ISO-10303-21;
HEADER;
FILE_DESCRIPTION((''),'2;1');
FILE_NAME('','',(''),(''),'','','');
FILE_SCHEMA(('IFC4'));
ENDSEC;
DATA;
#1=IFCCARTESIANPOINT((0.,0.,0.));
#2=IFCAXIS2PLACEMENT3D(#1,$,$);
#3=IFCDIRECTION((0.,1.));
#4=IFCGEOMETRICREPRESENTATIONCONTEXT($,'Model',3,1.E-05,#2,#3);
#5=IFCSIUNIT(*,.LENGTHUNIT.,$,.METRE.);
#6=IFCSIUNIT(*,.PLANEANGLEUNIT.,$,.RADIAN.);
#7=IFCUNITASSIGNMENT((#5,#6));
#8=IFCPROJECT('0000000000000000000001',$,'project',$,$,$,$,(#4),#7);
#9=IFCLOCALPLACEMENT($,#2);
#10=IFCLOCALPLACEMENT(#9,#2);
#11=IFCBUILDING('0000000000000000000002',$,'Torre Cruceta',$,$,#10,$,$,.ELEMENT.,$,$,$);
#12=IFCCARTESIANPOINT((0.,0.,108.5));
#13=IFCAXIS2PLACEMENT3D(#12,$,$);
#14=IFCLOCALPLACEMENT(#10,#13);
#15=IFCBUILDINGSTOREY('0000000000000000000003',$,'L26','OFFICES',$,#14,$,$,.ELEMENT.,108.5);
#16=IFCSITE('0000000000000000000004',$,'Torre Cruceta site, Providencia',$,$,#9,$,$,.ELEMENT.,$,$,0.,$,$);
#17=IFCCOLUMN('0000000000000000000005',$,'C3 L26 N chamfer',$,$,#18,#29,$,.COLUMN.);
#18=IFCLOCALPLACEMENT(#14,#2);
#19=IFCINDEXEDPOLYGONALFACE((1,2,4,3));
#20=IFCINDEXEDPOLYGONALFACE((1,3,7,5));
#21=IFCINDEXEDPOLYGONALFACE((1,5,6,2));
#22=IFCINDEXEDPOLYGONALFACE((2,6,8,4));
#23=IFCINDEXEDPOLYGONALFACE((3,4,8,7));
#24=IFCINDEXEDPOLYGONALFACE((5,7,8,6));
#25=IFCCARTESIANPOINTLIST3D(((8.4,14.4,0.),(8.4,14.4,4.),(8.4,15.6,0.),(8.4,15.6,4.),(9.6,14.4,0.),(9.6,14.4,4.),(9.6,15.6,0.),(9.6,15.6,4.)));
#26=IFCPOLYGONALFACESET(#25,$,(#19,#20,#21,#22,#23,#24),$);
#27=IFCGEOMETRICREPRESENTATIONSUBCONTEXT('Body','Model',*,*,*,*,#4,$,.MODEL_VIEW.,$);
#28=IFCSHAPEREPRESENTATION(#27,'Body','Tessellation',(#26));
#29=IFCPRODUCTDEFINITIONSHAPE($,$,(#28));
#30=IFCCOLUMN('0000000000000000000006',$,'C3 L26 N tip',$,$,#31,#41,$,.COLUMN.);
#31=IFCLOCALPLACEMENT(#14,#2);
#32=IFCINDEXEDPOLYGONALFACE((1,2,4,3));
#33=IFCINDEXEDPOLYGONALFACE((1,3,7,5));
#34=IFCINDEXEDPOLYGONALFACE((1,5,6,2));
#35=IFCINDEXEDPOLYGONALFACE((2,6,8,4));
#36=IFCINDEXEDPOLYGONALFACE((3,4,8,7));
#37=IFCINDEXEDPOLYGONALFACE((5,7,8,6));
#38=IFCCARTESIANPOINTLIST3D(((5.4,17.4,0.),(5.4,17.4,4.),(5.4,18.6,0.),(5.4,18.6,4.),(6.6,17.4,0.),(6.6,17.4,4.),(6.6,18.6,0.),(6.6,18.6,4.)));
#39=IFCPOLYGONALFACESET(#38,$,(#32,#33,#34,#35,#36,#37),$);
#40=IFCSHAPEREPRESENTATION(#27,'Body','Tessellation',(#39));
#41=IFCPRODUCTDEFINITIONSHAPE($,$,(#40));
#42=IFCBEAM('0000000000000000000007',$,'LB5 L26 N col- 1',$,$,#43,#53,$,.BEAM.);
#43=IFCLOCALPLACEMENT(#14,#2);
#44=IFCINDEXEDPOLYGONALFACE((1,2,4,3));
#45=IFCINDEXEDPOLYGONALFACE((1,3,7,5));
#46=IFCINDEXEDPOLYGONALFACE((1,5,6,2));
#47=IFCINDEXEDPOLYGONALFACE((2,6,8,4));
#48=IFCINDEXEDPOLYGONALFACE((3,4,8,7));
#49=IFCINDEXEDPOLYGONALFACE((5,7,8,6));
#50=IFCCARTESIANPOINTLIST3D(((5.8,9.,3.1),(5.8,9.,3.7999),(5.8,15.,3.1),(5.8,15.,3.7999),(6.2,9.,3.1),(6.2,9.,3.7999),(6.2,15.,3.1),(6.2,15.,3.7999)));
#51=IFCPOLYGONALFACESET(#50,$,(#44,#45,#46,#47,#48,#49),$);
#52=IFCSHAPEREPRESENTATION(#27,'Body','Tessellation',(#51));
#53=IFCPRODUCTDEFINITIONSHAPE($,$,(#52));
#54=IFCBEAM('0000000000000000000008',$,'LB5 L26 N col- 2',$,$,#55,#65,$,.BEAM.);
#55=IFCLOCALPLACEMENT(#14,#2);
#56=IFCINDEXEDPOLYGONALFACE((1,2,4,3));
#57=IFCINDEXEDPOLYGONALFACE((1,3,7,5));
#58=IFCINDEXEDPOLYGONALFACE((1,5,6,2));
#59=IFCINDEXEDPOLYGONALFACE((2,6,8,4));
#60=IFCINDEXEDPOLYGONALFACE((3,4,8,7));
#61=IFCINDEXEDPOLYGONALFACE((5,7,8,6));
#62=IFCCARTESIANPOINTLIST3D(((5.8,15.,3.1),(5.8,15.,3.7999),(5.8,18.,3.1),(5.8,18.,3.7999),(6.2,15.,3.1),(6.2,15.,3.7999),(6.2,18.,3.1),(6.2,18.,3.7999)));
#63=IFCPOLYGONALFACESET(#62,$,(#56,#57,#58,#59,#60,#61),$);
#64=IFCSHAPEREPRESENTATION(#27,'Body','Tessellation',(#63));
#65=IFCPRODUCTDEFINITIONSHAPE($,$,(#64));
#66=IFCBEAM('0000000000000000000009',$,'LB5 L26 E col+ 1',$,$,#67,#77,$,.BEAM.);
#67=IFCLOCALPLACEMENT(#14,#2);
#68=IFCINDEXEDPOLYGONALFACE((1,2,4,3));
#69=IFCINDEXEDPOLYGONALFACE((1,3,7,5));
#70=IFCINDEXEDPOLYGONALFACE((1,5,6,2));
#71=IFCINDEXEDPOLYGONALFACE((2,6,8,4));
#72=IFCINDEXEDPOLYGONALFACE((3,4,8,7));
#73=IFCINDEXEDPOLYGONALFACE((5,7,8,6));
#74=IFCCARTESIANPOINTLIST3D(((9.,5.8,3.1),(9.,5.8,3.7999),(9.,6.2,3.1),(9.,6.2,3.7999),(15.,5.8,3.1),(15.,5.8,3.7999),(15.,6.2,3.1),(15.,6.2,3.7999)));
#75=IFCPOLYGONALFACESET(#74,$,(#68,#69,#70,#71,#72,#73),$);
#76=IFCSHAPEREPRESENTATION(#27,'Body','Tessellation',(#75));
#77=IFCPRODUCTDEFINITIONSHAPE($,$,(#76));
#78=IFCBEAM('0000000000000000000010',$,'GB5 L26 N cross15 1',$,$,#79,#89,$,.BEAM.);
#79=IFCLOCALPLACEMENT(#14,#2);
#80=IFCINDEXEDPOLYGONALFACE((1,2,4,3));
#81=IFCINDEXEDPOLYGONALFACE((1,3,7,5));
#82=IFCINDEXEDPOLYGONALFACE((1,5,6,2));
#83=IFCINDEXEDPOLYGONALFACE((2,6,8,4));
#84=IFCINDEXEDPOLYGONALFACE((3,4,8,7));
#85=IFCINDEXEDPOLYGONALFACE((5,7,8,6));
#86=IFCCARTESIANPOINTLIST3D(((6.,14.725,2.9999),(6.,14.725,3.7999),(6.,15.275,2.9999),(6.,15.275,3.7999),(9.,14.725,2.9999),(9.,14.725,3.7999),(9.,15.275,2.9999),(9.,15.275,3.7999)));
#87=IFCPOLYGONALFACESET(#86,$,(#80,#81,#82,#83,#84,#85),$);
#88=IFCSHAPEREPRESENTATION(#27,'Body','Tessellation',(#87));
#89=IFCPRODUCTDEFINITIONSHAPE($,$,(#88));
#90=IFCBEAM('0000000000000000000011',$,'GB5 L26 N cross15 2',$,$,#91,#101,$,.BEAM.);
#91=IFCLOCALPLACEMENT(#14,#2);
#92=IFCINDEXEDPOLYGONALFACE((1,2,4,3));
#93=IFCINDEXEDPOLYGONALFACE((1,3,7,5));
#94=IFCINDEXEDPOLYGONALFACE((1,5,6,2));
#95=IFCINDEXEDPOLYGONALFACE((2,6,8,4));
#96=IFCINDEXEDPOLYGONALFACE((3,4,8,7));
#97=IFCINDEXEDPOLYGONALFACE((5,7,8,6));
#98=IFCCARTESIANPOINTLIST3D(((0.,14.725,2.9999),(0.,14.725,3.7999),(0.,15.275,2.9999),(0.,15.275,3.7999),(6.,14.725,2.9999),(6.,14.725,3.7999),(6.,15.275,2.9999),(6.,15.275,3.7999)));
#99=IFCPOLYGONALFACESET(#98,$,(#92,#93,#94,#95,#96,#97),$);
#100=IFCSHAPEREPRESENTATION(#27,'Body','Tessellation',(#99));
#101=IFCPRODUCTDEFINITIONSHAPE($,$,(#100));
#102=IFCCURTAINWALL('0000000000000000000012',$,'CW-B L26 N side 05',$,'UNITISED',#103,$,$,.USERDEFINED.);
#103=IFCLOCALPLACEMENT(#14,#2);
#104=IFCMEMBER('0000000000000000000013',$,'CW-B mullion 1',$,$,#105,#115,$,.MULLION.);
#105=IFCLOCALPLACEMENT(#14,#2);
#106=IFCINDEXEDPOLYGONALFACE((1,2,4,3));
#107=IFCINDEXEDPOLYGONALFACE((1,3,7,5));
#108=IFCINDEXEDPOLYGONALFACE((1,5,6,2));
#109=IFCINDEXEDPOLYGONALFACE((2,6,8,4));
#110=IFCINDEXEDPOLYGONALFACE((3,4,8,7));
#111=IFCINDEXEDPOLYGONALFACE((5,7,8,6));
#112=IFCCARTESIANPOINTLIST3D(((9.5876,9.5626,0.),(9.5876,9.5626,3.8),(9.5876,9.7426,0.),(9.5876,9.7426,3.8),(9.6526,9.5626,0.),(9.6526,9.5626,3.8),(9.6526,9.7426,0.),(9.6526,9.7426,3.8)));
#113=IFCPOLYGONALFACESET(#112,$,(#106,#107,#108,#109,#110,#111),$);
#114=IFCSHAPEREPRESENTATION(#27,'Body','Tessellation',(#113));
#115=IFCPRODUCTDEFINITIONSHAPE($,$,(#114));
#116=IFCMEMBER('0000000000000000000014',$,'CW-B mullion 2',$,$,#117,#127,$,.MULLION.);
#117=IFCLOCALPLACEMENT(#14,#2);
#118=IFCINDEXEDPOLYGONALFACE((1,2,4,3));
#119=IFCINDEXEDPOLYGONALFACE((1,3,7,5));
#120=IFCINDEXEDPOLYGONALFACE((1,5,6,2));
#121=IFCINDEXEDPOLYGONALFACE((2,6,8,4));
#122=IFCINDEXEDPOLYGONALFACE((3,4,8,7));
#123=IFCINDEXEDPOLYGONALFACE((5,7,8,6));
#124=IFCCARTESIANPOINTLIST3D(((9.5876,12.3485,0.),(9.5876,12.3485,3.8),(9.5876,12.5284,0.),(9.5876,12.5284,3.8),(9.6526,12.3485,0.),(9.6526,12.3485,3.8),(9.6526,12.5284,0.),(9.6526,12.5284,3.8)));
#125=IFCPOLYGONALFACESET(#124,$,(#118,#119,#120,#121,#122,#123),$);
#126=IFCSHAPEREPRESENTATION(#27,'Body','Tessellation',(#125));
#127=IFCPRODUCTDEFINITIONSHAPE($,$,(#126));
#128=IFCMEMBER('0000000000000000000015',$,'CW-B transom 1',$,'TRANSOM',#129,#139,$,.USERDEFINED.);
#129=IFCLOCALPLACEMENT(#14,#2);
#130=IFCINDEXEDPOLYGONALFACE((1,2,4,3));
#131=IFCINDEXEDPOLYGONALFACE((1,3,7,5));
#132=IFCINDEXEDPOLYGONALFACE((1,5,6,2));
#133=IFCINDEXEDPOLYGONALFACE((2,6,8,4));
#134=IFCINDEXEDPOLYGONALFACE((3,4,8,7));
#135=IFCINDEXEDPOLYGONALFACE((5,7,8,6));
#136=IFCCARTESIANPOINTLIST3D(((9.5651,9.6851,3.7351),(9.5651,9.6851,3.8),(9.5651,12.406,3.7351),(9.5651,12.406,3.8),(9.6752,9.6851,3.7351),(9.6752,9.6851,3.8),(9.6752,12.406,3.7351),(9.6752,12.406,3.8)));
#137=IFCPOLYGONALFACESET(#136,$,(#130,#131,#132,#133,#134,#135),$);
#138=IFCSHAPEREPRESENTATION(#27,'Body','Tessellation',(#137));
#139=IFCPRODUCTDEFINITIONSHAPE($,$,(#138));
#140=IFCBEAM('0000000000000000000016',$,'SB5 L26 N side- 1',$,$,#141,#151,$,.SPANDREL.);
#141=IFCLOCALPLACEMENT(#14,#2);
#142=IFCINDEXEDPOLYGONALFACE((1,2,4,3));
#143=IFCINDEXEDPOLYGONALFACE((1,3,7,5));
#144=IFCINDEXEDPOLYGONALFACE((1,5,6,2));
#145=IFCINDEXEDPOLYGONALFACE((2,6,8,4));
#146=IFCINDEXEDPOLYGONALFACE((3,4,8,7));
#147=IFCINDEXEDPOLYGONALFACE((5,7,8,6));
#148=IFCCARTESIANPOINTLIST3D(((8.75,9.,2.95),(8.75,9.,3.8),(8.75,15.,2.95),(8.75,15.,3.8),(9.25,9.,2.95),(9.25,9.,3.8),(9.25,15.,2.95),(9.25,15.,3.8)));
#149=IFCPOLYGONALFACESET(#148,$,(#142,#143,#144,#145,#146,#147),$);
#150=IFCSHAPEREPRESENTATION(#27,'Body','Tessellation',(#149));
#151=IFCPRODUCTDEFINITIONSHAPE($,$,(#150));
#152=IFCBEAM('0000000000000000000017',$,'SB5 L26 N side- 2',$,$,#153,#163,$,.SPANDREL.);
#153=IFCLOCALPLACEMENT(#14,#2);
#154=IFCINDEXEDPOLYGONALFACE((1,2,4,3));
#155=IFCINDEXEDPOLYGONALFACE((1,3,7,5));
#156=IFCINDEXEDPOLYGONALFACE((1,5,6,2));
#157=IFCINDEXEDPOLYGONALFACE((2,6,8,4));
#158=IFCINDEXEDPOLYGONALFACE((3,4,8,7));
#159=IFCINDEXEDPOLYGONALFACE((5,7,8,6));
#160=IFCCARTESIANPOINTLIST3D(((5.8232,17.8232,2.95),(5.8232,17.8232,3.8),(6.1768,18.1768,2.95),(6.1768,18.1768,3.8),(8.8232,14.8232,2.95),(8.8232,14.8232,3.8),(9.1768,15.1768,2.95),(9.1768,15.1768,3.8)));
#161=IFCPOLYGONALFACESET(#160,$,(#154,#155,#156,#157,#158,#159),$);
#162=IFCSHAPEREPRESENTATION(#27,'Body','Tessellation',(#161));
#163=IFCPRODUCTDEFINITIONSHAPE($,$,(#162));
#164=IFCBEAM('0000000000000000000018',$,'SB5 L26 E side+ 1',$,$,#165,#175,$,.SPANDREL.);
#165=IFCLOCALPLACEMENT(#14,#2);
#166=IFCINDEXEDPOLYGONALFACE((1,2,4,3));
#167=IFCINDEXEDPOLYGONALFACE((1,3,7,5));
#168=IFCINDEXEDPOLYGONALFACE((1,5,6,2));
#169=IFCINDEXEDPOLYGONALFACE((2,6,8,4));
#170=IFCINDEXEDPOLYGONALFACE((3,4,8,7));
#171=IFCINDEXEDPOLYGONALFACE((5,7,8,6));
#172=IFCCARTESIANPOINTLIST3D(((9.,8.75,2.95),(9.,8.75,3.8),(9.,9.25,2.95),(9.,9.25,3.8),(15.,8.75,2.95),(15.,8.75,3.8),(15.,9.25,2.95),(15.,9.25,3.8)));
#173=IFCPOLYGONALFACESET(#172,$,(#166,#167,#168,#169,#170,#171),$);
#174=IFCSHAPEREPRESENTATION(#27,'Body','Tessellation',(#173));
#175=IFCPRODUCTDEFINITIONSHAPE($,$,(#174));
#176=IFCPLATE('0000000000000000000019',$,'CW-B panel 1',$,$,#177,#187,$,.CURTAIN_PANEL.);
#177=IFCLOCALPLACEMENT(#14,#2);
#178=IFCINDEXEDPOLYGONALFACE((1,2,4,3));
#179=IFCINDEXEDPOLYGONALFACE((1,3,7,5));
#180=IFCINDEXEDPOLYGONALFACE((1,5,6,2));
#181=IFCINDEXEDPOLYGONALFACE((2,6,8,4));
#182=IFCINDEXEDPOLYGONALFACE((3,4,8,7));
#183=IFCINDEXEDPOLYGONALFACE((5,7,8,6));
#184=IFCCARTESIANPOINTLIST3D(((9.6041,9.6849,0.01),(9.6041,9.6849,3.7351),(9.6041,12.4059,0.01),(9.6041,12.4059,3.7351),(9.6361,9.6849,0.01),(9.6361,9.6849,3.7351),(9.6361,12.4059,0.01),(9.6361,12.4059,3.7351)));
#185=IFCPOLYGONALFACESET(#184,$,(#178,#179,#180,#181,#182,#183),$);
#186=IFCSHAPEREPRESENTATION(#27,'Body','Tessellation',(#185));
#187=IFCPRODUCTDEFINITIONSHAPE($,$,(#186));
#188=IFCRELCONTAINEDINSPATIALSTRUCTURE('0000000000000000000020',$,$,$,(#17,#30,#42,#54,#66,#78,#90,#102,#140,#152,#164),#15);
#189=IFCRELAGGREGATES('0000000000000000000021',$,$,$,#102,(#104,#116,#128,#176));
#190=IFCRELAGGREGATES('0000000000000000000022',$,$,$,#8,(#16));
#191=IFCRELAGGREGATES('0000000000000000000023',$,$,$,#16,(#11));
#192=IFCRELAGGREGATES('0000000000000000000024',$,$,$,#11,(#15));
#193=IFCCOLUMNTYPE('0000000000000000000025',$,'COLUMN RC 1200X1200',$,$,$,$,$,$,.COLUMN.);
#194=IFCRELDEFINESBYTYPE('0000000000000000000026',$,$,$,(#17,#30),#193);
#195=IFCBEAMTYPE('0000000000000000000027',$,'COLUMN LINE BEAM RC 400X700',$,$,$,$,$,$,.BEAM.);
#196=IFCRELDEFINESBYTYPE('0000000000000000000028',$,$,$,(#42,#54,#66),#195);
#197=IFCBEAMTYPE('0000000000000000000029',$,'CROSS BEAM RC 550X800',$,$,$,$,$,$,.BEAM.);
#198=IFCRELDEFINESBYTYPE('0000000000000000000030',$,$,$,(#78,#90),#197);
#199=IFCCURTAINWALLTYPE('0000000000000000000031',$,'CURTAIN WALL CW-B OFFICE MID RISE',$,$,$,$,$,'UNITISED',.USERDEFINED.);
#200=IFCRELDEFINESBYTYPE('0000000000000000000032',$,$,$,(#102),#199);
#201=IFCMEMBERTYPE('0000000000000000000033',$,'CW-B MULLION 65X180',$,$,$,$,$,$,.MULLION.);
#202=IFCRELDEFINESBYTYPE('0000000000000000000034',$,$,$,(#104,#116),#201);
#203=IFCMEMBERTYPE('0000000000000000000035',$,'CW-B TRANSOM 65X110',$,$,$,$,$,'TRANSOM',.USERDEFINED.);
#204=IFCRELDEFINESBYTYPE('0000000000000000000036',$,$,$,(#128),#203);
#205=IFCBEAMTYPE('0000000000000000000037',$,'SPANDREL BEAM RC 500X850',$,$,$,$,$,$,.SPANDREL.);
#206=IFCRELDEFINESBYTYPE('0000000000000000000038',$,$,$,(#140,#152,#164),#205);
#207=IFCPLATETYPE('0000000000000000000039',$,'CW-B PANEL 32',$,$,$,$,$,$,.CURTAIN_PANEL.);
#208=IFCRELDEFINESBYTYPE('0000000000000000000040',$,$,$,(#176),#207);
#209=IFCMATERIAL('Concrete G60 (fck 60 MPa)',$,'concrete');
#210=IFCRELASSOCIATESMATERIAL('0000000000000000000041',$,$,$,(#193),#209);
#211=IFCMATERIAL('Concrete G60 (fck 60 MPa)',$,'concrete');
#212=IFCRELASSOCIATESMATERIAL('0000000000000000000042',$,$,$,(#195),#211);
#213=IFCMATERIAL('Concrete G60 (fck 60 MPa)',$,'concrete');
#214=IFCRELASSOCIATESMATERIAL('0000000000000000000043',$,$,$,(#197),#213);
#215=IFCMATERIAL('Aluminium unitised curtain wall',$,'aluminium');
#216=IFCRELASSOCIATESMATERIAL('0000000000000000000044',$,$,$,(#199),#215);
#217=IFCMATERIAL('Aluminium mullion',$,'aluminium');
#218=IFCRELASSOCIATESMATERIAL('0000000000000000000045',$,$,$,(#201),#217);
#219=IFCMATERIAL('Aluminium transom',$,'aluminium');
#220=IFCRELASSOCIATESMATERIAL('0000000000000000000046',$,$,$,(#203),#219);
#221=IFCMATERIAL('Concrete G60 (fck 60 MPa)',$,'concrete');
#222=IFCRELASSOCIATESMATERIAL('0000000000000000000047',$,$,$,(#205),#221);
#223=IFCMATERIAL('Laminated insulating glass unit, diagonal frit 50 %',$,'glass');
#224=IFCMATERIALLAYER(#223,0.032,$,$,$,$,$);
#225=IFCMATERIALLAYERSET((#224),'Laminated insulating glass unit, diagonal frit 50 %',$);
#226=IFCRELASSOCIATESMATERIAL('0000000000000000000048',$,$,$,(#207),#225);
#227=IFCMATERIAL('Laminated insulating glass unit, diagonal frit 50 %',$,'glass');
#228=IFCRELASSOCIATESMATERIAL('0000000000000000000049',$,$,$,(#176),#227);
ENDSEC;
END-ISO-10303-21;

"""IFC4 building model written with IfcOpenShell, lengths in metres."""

from ifc_helpers import new_model, si_unit, direction, frame, origin, origin_2d, place, context, subcontext, project, spatial, rectangle, extrude, material, layer, layer_set, material_profile, profile_set, type_object, element, aggregate, save


model = new_model("IFC4")

# Units and contexts
model_context = context("Model", 3, precision=1e-05, world=origin(), true_north=direction((0.0, 1.0)))
body_context = subcontext(model_context, "Body", "Model", "MODEL_VIEW")
ifc_project = project(units=[si_unit("LENGTHUNIT", "METRE"), si_unit("PLANEANGLEUNIT", "RADIAN")], contexts=[model_context])

# Site, building, storey
site_placement = place(None, origin())
site = spatial("IfcSite", under=ifc_project, at=site_placement, Name="Torre Cruceta site, Providencia", CompositionType="ELEMENT", RefElevation=0.0)
building_placement = place(site_placement, origin())
building = spatial("IfcBuilding", under=site, at=building_placement, Name="Torre Cruceta", CompositionType="ELEMENT")
storey_placement = place(building_placement, frame((0.0, 0.0, 108.5)))
storey = spatial("IfcBuildingStorey", under=building, at=storey_placement, Name="L26", Description="OFFICES", CompositionType="ELEMENT", Elevation=108.5)

# Columns
ifc_material_1 = material(Name="Concrete G60 (fck 60 MPa)", Category="concrete")
ifc_material_profile_1 = material_profile(ifc_material_1, rectangle(XDim=1.2, YDim=1.2, at=origin_2d()), Name="RC 1200X1200")
ifc_profile_set_1 = profile_set([ifc_material_profile_1], Name="Concrete G60 (fck 60 MPa)")
column_type = type_object("IfcColumnType", Name="COLUMN RC 1200X1200", PredefinedType="COLUMN", material=ifc_profile_set_1)
for number, where, z_axis, x_axis, name in (
    (1, (9.0, 15.0, 0.0), (0.0, 0.0, 1.0), (1.0, 0.0, 0.0), "C3 L26 N chamfer"),
    (2, (6.0, 18.0, 0.0), (0.0, 0.0, 1.0), (1.0, 0.0, 0.0), "C3 L26 N tip"),
):
    element("IfcColumn", number, at=place(storey_placement, frame(where, z_axis=z_axis, x_axis=x_axis)), inside=storey, type_object=column_type, Name=name, PredefinedType="COLUMN", context=body_context, shape_type="SweptSolid", body=[
        extrude(rectangle(XDim=1.2, YDim=1.2, at=origin_2d()), origin(), (0.0, 0.0, 1.0), 4.0),
    ])

# Beams
ifc_material_2 = material(Name="Concrete G60 (fck 60 MPa)", Category="concrete")
ifc_material_profile_2 = material_profile(ifc_material_2, rectangle(XDim=0.3999, YDim=0.7, at=origin_2d()), Name="RC 400X700")
ifc_profile_set_2 = profile_set([ifc_material_profile_2], Name="Concrete G60 (fck 60 MPa)")
beam_type_1 = type_object("IfcBeamType", Name="COLUMN LINE BEAM RC 400X700", PredefinedType="BEAM", material=ifc_profile_set_2)
beam_1_placement = place(storey_placement, frame((6.0, 9.0, 3.45), z_axis=(0.0, 1.0, 0.0), x_axis=(-1.0, 0.0, 0.0)))
element("IfcBeam", 3, at=beam_1_placement, inside=storey, type_object=beam_type_1, Name="LB5 L26 N col- 1", PredefinedType="BEAM", context=body_context, shape_type="SweptSolid", body=[
    extrude(rectangle(XDim=0.3999, YDim=0.7, at=origin_2d()), origin(), (0.0, 0.0, 1.0), 6.0),
])
beam_2_placement = place(storey_placement, frame((6.0, 15.0, 3.45), z_axis=(0.0, 1.0, 0.0), x_axis=(-1.0, 0.0, 0.0)))
element("IfcBeam", 4, at=beam_2_placement, inside=storey, type_object=beam_type_1, Name="LB5 L26 N col- 2", PredefinedType="BEAM", context=body_context, shape_type="SweptSolid", body=[
    extrude(rectangle(XDim=0.3999, YDim=0.7, at=origin_2d()), origin(), (0.0, 0.0, 1.0), 3.0),
])
beam_3_placement = place(storey_placement, frame((9.0, 6.0, 3.45), z_axis=(1.0, 0.0, 0.0), x_axis=(0.0, 1.0, 0.0)))
element("IfcBeam", 5, at=beam_3_placement, inside=storey, type_object=beam_type_1, Name="LB5 L26 E col+ 1", PredefinedType="BEAM", context=body_context, shape_type="SweptSolid", body=[
    extrude(rectangle(XDim=0.3999, YDim=0.7, at=origin_2d()), origin(), (0.0, 0.0, 1.0), 6.0),
])
ifc_material_3 = material(Name="Concrete G60 (fck 60 MPa)", Category="concrete")
ifc_material_profile_3 = material_profile(ifc_material_3, rectangle(XDim=0.55, YDim=0.8, at=origin_2d()), Name="RC 550X800")
ifc_profile_set_3 = profile_set([ifc_material_profile_3], Name="Concrete G60 (fck 60 MPa)")
beam_type_2 = type_object("IfcBeamType", Name="CROSS BEAM RC 550X800", PredefinedType="BEAM", material=ifc_profile_set_3)
beam_4_placement = place(storey_placement, frame((9.0, 15.0, 3.3999), z_axis=(-1.0, 0.0, 0.0), x_axis=(0.0, -1.0, 0.0)))
element("IfcBeam", 6, at=beam_4_placement, inside=storey, type_object=beam_type_2, Name="GB5 L26 N cross15 1", PredefinedType="BEAM", context=body_context, shape_type="SweptSolid", body=[
    extrude(rectangle(XDim=0.55, YDim=0.8, at=origin_2d()), origin(), (0.0, 0.0, 1.0), 3.0),
])
beam_5_placement = place(storey_placement, frame((6.0, 15.0, 3.3999), z_axis=(-1.0, 0.0, 0.0), x_axis=(0.0, -1.0, 0.0)))
element("IfcBeam", 7, at=beam_5_placement, inside=storey, type_object=beam_type_2, Name="GB5 L26 N cross15 2", PredefinedType="BEAM", context=body_context, shape_type="SweptSolid", body=[
    extrude(rectangle(XDim=0.55, YDim=0.8, at=origin_2d()), origin(), (0.0, 0.0, 1.0), 6.0),
])

# Curtain wall, members
ifc_material_4 = material(Name="Aluminium unitised curtain wall", Category="aluminium")
curtain_wall_type = type_object("IfcCurtainWallType", Name="CURTAIN WALL CW-B OFFICE MID RISE", ElementType="UNITISED", PredefinedType="USERDEFINED", material=ifc_material_4)
curtain_wall_placement = place(storey_placement, origin())
curtain_wall = element("IfcCurtainWall", 8, at=curtain_wall_placement, inside=storey, type_object=curtain_wall_type, Name="CW-B L26 N side 05", ObjectType="UNITISED", PredefinedType="USERDEFINED")
ifc_material_5 = material(Name="Aluminium mullion", Category="aluminium")
ifc_material_profile_4 = material_profile(ifc_material_5, rectangle(XDim=0.0649, YDim=0.1799, at=origin_2d()), Name="AL 65X180")
ifc_profile_set_4 = profile_set([ifc_material_profile_4], Name="Aluminium mullion")
member_type_1 = type_object("IfcMemberType", Name="CW-B MULLION 65X180", PredefinedType="MULLION", material=ifc_profile_set_4)
member_1_placement = place(storey_placement, frame((9.6201, 9.6526, 0.0), z_axis=(0.0, 0.0, 1.0), x_axis=(-1.0, 0.0, 0.0)))
member_1 = element("IfcMember", 9, at=member_1_placement, type_object=member_type_1, Name="CW-B mullion 1", PredefinedType="MULLION", context=body_context, shape_type="SweptSolid", body=[
    extrude(rectangle(XDim=0.0649, YDim=0.1799, at=origin_2d()), origin(), (0.0, 0.0, 1.0), 3.8),
])
member_2_placement = place(storey_placement, frame((9.6201, 12.4385, 0.0), z_axis=(0.0, 0.0, 1.0), x_axis=(-1.0, 0.0, 0.0)))
member_2 = element("IfcMember", 10, at=member_2_placement, type_object=member_type_1, Name="CW-B mullion 2", PredefinedType="MULLION", context=body_context, shape_type="SweptSolid", body=[
    extrude(rectangle(XDim=0.0649, YDim=0.1799, at=origin_2d()), origin(), (0.0, 0.0, 1.0), 3.8),
])
ifc_material_6 = material(Name="Aluminium transom", Category="aluminium")
ifc_material_profile_5 = material_profile(ifc_material_6, rectangle(XDim=0.1101, YDim=0.0649, at=origin_2d()), Name="AL 110X65")
ifc_profile_set_5 = profile_set([ifc_material_profile_5], Name="Aluminium transom")
member_type_2 = type_object("IfcMemberType", Name="CW-B TRANSOM 65X110", ElementType="TRANSOM", PredefinedType="USERDEFINED", material=ifc_profile_set_5)
member_3_placement = place(storey_placement, frame((9.6201, 9.6851, 3.7676), z_axis=(0.0, 1.0, 0.0), x_axis=(-1.0, 0.0, 0.0)))
member_3 = element("IfcMember", 11, at=member_3_placement, type_object=member_type_2, Name="CW-B transom 1", ObjectType="TRANSOM", PredefinedType="USERDEFINED", context=body_context, shape_type="SweptSolid", body=[
    extrude(rectangle(XDim=0.1101, YDim=0.0649, at=origin_2d()), origin(), (0.0, 0.0, 1.0), 2.7209),
])

# Beams
ifc_material_7 = material(Name="Concrete G60 (fck 60 MPa)", Category="concrete")
ifc_material_profile_6 = material_profile(ifc_material_7, rectangle(XDim=0.5, YDim=0.8501, at=origin_2d()), Name="RC 500X850")
ifc_profile_set_6 = profile_set([ifc_material_profile_6], Name="Concrete G60 (fck 60 MPa)")
beam_type_3 = type_object("IfcBeamType", Name="SPANDREL BEAM RC 500X850", PredefinedType="SPANDREL", material=ifc_profile_set_6)
beam_6_placement = place(storey_placement, frame((9.0, 9.0, 3.375), z_axis=(0.0, 1.0, 0.0), x_axis=(-1.0, 0.0, 0.0)))
element("IfcBeam", 12, at=beam_6_placement, inside=storey, type_object=beam_type_3, Name="SB5 L26 N side- 1", PredefinedType="SPANDREL", context=body_context, shape_type="SweptSolid", body=[
    extrude(rectangle(XDim=0.5, YDim=0.8501, at=origin_2d()), origin(), (0.0, 0.0, 1.0), 6.0),
])
beam_7_placement = place(storey_placement, frame((9.0, 15.0, 3.375), z_axis=(-0.707107, 0.707107, 0.0), x_axis=(-0.707107, -0.707107, 0.0)))
element("IfcBeam", 13, at=beam_7_placement, inside=storey, type_object=beam_type_3, Name="SB5 L26 N side- 2", PredefinedType="SPANDREL", context=body_context, shape_type="SweptSolid", body=[
    extrude(rectangle(XDim=0.5, YDim=0.8501, at=origin_2d()), origin(), (0.0, 0.0, 1.0), 4.2427),
])
beam_8_placement = place(storey_placement, frame((9.0, 9.0, 3.375), z_axis=(1.0, 0.0, 0.0), x_axis=(0.0, 1.0, 0.0)))
element("IfcBeam", 14, at=beam_8_placement, inside=storey, type_object=beam_type_3, Name="SB5 L26 E side+ 1", PredefinedType="SPANDREL", context=body_context, shape_type="SweptSolid", body=[
    extrude(rectangle(XDim=0.5, YDim=0.8501, at=origin_2d()), origin(), (0.0, 0.0, 1.0), 6.0),
])

# Plate
ifc_material_8 = material(Name="Laminated insulating glass unit, diagonal frit 50 %", Category="glass")
ifc_material_9 = material(Name="Laminated insulating glass unit, diagonal frit 50 %", Category="glass")
ifc_layer_1 = layer(ifc_material_9, 0.032)
ifc_layer_set_1 = layer_set([ifc_layer_1], Name="Laminated insulating glass unit, diagonal frit 50 %")
plate_type = type_object("IfcPlateType", Name="CW-B PANEL 32", PredefinedType="CURTAIN_PANEL", material=ifc_layer_set_1)
plate_placement = place(storey_placement, frame((9.6201, 11.0454, 0.01), z_axis=(0.0, 0.0, 1.0), x_axis=(0.0, 1.0, 0.0)))
plate = element("IfcPlate", 15, at=plate_placement, type_object=plate_type, material=ifc_material_8, Name="CW-B panel 1", PredefinedType="CURTAIN_PANEL", context=body_context, shape_type="SweptSolid", body=[
    extrude(rectangle(XDim=2.7209, YDim=0.032, at=origin_2d()), origin(), (0.0, 0.0, 1.0), 3.7251),
])
aggregate(curtain_wall, [member_1, member_2, member_3, plate])

save(model, "model.ifc")
